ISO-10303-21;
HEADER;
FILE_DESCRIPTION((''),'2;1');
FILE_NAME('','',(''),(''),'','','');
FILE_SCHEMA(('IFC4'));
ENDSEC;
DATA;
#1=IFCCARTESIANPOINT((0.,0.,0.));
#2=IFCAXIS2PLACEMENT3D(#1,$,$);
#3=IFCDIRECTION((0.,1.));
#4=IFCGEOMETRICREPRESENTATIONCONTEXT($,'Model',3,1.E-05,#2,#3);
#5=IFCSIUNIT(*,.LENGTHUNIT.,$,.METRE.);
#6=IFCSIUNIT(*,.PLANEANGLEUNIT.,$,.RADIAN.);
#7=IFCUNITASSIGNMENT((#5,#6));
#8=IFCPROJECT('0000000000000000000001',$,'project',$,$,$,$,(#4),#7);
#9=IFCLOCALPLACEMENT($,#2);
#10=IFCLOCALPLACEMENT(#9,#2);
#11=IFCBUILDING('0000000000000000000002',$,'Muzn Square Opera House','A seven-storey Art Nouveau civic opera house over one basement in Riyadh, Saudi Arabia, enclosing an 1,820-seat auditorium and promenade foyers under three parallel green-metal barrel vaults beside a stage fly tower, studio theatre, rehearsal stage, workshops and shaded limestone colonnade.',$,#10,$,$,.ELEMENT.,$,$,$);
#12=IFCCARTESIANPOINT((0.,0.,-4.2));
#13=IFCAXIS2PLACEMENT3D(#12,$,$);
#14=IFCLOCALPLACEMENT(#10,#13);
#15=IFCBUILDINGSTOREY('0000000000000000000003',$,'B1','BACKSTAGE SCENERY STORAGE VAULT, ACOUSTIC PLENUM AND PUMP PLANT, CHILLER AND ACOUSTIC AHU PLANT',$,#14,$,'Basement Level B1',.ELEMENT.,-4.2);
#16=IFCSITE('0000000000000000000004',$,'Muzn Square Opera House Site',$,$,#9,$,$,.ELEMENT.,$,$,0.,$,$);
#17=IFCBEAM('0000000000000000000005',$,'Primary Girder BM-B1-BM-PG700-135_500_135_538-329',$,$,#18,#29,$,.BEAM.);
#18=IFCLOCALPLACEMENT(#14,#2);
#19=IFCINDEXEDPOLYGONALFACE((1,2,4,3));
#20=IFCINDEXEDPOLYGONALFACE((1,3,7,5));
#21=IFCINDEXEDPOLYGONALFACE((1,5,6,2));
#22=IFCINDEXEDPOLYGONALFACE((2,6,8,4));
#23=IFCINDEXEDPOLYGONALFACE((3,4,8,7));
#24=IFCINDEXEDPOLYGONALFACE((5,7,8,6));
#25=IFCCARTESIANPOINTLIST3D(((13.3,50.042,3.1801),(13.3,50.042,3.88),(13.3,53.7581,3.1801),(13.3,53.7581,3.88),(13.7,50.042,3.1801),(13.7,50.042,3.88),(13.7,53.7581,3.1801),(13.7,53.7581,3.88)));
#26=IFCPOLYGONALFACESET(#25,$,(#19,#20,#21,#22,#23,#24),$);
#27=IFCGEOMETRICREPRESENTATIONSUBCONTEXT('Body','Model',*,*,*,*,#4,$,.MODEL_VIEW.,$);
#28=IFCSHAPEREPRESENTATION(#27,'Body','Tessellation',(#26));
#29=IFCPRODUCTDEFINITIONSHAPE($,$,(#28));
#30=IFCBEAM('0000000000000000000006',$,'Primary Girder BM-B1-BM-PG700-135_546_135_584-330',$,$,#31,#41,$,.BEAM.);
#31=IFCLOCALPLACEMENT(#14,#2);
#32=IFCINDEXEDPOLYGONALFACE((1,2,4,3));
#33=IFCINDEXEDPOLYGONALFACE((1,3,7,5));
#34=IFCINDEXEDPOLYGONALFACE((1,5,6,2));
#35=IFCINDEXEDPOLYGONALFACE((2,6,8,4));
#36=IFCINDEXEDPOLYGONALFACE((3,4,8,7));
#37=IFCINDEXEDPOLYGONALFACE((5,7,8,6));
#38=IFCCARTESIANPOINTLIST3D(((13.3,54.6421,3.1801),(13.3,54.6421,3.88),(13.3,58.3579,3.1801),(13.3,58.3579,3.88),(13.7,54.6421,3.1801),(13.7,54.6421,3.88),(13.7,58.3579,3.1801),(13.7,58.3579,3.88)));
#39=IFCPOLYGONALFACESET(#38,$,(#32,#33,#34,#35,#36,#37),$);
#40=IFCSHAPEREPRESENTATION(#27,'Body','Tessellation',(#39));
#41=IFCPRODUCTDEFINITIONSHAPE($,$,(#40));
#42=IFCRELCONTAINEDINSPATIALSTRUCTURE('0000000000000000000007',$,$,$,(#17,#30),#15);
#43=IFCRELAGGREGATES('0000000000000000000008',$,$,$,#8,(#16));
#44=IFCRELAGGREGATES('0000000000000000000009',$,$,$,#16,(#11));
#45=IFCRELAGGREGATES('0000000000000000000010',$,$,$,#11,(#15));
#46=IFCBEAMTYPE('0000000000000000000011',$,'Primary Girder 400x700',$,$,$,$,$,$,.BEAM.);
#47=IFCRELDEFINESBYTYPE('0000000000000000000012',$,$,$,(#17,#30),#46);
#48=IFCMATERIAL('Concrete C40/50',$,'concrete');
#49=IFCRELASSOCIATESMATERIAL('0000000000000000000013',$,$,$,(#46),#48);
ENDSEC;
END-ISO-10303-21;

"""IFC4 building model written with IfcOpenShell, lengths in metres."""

from ifc_helpers import new_model, si_unit, direction, frame, origin, origin_2d, place, context, subcontext, project, spatial, rectangle, extrude, material, material_profile, profile_set, type_object, element, save


model = new_model("IFC4")

# Units and contexts
model_context = context("Model", 3, precision=1e-05, world=origin(), true_north=direction((0.0, 1.0)))
body_context = subcontext(model_context, "Body", "Model", "MODEL_VIEW")
ifc_project = project(units=[si_unit("LENGTHUNIT", "METRE"), si_unit("PLANEANGLEUNIT", "RADIAN")], contexts=[model_context])

# Site, building, storey
site_placement = place(None, origin())
site = spatial("IfcSite", under=ifc_project, at=site_placement, Name="Muzn Square Opera House Site", CompositionType="ELEMENT", RefElevation=0.0)
building_placement = place(site_placement, origin())
building = spatial("IfcBuilding", under=site, at=building_placement, Name="Muzn Square Opera House", Description="A seven-storey Art Nouveau civic opera house over one basement in Riyadh, Saudi Arabia, enclosing an 1,820-seat auditorium and promenade foyers under three parallel green-metal barrel vaults beside a stage fly tower, studio theatre, rehearsal stage, workshops and shaded limestone colonnade.", CompositionType="ELEMENT")
storey_placement = place(building_placement, frame((0.0, 0.0, -4.2)))
storey = spatial("IfcBuildingStorey", under=building, at=storey_placement, Name="B1", Description="BACKSTAGE SCENERY STORAGE VAULT, ACOUSTIC PLENUM AND PUMP PLANT, CHILLER AND ACOUSTIC AHU PLANT", LongName="Basement Level B1", CompositionType="ELEMENT", Elevation=-4.2)

# Shared definitions
ifc_material_1 = material(Name="Concrete C40/50", Category="concrete")

# Beams
ifc_material_profile_1 = material_profile(ifc_material_1, rectangle(XDim=0.3999, YDim=0.7, at=origin_2d()), Name="RCB 400x700", Category="concrete")
ifc_profile_set_1 = profile_set([ifc_material_profile_1], Name="Concrete C40/50")
beam_type = type_object("IfcBeamType", Name="Primary Girder 400x700", PredefinedType="BEAM", material=ifc_profile_set_1)
for number, where, z_axis, x_axis, name in (
    (1, (13.5, 50.042, 3.53), (0.0, 1.0, 0.0), (-1.0, 0.0, 0.0), "Primary Girder BM-B1-BM-PG700-135_500_135_538-329"),
):
    element("IfcBeam", number, at=place(storey_placement, frame(where, z_axis=z_axis, x_axis=x_axis)), inside=storey, type_object=beam_type, Name=name, PredefinedType="BEAM", context=body_context, shape_type="SweptSolid", body=[
        extrude(rectangle(XDim=0.3999, YDim=0.7, at=origin_2d()), origin(), (0.0, 0.0, 1.0), 3.7161),
    ])
beam_placement = place(storey_placement, frame((13.5, 54.6421, 3.53), z_axis=(0.0, 1.0, 0.0), x_axis=(-1.0, 0.0, 0.0)))
element("IfcBeam", 2, at=beam_placement, inside=storey, type_object=beam_type, Name="Primary Girder BM-B1-BM-PG700-135_546_135_584-330", PredefinedType="BEAM", context=body_context, shape_type="SweptSolid", body=[
    extrude(rectangle(XDim=0.3999, YDim=0.7, at=origin_2d()), origin(), (0.0, 0.0, 1.0), 3.7158),
])

save(model, "model.ifc")
